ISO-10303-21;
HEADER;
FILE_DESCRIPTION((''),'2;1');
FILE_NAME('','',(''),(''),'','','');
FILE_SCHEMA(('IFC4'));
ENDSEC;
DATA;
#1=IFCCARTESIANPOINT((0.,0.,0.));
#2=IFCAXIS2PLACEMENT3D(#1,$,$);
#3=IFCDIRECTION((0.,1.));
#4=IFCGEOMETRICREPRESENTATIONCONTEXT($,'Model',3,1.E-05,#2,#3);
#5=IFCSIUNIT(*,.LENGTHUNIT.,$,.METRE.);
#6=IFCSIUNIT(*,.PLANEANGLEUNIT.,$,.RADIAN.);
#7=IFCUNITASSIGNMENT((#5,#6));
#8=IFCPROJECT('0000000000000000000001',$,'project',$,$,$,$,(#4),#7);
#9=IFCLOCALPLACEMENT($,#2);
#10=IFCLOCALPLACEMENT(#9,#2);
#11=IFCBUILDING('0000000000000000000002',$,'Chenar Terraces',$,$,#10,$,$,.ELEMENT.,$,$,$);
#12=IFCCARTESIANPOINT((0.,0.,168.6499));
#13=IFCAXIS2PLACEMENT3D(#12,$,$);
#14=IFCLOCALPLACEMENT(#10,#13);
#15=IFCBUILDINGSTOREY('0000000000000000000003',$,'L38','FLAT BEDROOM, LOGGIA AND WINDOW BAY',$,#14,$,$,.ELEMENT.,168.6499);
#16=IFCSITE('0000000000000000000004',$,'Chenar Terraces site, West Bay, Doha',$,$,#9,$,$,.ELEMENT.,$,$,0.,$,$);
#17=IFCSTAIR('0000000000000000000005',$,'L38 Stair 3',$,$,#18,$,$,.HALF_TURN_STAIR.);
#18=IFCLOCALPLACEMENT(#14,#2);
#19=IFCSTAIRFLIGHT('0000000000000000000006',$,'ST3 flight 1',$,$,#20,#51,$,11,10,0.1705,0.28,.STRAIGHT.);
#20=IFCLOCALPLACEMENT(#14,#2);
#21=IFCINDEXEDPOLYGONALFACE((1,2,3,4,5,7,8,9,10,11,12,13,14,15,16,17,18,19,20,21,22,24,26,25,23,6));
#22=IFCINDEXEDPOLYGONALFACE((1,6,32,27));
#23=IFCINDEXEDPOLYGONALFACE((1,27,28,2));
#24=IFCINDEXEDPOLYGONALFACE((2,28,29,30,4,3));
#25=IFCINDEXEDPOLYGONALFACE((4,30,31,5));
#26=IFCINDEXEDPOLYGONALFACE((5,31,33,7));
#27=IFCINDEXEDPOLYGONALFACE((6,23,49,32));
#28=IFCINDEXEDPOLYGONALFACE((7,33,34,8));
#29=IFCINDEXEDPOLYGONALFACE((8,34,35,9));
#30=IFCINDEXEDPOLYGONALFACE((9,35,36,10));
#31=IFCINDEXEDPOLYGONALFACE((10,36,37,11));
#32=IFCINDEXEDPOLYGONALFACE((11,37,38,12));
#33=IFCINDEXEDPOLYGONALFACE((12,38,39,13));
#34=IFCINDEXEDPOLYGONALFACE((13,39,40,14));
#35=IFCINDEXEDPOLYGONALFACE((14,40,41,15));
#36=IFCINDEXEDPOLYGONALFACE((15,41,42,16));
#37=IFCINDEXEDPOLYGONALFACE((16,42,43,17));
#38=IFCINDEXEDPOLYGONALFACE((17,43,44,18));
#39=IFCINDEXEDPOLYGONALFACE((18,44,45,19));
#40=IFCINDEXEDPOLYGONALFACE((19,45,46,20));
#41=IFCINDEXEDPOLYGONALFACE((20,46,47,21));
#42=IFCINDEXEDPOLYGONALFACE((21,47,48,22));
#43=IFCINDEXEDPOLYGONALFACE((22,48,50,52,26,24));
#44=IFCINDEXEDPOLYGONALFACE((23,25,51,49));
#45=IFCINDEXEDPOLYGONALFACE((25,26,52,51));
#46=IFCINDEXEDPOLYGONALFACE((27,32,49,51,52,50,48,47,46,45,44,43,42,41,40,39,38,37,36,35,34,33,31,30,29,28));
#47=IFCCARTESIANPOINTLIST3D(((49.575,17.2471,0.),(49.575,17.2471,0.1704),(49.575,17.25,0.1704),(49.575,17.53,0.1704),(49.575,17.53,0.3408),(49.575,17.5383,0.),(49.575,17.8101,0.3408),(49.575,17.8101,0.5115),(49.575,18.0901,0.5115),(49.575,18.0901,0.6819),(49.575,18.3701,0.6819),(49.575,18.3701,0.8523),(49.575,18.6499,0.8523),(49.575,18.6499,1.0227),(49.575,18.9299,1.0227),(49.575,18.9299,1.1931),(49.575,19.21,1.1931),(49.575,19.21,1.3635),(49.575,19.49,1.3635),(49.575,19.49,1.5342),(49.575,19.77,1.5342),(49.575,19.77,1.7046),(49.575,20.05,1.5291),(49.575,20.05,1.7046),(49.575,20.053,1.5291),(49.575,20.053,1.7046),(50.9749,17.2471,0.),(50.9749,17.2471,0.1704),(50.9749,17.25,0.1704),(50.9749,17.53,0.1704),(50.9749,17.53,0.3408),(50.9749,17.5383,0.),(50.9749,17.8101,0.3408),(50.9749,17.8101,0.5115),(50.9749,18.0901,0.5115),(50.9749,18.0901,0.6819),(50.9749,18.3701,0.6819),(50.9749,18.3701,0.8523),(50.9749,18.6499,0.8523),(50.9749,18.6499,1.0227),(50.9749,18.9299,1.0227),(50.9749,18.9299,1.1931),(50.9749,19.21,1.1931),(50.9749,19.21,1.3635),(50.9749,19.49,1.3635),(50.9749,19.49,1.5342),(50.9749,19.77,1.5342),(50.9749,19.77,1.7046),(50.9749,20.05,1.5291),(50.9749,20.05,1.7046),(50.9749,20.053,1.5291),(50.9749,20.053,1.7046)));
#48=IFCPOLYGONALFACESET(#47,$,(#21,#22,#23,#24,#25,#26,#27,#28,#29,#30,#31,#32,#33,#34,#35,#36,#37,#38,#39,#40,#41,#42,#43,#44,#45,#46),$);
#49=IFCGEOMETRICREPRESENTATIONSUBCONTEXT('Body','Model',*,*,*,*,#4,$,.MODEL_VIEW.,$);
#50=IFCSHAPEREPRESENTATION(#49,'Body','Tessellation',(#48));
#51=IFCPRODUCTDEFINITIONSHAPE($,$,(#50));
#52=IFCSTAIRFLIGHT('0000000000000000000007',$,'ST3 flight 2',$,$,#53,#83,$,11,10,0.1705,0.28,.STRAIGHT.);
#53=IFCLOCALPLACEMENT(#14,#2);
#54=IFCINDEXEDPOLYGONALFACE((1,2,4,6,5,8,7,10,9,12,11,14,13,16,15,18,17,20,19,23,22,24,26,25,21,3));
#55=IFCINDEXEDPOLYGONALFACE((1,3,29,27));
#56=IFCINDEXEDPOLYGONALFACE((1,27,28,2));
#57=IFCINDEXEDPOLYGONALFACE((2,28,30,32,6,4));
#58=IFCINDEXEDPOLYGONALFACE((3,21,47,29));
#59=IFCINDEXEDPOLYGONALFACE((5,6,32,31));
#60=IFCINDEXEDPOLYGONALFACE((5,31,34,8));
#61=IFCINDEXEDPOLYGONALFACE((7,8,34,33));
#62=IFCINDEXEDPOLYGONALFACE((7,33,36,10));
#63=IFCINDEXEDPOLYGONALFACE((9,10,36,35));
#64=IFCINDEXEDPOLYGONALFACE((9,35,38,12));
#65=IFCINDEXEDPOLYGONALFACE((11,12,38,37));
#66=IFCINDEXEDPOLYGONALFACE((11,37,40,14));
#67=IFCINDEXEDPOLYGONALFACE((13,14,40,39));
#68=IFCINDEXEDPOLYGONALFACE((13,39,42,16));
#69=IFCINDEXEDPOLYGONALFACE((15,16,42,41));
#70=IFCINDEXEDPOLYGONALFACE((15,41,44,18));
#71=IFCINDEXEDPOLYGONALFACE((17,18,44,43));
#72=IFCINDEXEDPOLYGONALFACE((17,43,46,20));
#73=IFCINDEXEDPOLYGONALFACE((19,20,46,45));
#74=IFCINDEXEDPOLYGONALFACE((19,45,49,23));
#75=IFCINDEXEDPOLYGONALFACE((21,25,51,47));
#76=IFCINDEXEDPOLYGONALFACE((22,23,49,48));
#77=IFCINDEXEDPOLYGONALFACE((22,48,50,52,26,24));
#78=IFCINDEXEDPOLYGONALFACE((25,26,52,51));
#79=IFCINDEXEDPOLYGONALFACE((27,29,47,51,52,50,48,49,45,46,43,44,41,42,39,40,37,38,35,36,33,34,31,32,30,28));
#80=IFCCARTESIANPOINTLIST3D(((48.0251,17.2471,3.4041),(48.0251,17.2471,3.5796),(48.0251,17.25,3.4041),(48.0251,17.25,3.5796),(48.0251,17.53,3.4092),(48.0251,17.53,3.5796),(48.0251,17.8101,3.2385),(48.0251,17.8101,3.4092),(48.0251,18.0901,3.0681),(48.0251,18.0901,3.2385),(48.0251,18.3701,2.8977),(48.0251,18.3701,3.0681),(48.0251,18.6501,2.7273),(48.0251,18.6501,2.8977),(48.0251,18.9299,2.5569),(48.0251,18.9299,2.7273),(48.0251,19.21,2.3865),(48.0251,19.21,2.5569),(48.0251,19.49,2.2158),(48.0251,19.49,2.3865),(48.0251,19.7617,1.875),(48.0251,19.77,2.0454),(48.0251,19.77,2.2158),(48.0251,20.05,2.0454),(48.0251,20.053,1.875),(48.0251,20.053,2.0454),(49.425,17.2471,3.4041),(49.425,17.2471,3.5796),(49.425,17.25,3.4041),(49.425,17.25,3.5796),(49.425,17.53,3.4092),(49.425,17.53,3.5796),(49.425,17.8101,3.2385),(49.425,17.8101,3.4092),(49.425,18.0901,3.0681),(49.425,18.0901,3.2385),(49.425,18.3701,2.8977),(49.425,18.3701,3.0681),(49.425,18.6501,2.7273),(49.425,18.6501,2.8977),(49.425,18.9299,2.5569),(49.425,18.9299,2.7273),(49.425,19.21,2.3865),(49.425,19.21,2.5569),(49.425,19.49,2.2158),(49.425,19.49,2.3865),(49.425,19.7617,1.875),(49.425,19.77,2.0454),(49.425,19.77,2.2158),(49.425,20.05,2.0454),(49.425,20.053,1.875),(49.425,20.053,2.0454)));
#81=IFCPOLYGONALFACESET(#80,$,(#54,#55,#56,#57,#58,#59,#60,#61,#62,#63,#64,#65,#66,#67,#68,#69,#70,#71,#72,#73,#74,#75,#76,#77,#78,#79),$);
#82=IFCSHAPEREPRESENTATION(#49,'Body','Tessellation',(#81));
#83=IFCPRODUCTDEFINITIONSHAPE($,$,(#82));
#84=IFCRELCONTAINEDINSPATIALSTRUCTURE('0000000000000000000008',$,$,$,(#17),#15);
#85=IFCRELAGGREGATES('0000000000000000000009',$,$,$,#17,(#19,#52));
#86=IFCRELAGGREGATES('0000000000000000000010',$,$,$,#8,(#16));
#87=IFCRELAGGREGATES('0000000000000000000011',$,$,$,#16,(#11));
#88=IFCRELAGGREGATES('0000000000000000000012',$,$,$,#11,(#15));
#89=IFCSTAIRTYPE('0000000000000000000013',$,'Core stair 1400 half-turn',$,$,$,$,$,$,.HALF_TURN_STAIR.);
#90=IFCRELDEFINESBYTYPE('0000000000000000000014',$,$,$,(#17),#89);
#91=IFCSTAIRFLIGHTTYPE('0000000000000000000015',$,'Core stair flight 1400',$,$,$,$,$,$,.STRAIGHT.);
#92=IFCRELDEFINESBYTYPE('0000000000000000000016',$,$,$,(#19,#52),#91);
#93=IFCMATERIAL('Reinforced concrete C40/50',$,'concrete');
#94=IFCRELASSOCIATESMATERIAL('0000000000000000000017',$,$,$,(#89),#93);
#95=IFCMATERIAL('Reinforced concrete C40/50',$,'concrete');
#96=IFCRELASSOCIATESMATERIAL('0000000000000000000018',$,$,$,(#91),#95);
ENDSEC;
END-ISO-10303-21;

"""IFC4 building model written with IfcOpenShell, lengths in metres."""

from ifc_helpers import new_model, si_unit, direction, frame, origin, place, context, subcontext, project, spatial, polyline, outline, extrude, material, type_object, element, aggregate, save


model = new_model("IFC4")

# Units and contexts
model_context = context("Model", 3, precision=1e-05, world=origin(), true_north=direction((0.0, 1.0)))
body_context = subcontext(model_context, "Body", "Model", "MODEL_VIEW")
ifc_project = project(units=[si_unit("LENGTHUNIT", "METRE"), si_unit("PLANEANGLEUNIT", "RADIAN")], contexts=[model_context])

# Site, building, storey
site_placement = place(None, origin())
site = spatial("IfcSite", under=ifc_project, at=site_placement, Name="Chenar Terraces site, West Bay, Doha", CompositionType="ELEMENT", RefElevation=0.0)
building_placement = place(site_placement, origin())
building = spatial("IfcBuilding", under=site, at=building_placement, Name="Chenar Terraces", CompositionType="ELEMENT")
storey_placement = place(building_placement, frame((0.0, 0.0, 168.6499)))
storey = spatial("IfcBuildingStorey", under=building, at=storey_placement, Name="L38", Description="FLAT BEDROOM, LOGGIA AND WINDOW BAY", CompositionType="ELEMENT", Elevation=168.6499)

# Stair, stair flights
ifc_material_1 = material(Name="Reinforced concrete C40/50", Category="concrete")
stair_type = type_object("IfcStairType", Name="Core stair 1400 half-turn", PredefinedType="HALF_TURN_STAIR", material=ifc_material_1)
stair_placement = place(storey_placement, origin())
stair = element("IfcStair", 1, at=stair_placement, inside=storey, type_object=stair_type, Name="L38 Stair 3", PredefinedType="HALF_TURN_STAIR")
ifc_material_2 = material(Name="Reinforced concrete C40/50", Category="concrete")
stair_flight_type = type_object("IfcStairFlightType", Name="Core stair flight 1400", PredefinedType="STRAIGHT", material=ifc_material_2)
stair_flight_1_placement = place(storey_placement, frame((50.2749, 17.25, 0.0), z_axis=(0.0, 0.0, 1.0), x_axis=(0.0, 1.0, 0.0)))
stair_flight_1 = element("IfcStairFlight", 2, at=stair_flight_1_placement, type_object=stair_flight_type, Name="ST3 flight 1", NumberOfRisers=11, NumberOfTreads=10, PredefinedType="STRAIGHT", RiserHeight=0.1705, TreadLength=0.28, context=body_context, shape_type="SweptSolid", body=[
    extrude(outline(polyline([(-0.0029, 0.0), (-0.0029, 0.1704), (0.0, 0.1704), (0.28, 0.1704), (0.28, 0.3408), (0.5601, 0.3408), (0.5601, 0.5115), (0.8401, 0.5115), (0.8401, 0.6819), (1.1201, 0.6819), (1.1201, 0.8523), (1.3999, 0.8523), (1.3999, 1.0227), (1.6799, 1.0227), (1.6799, 1.1931), (1.96, 1.1931), (1.96, 1.3635), (2.24, 1.3635), (2.24, 1.5342), (2.52, 1.5342), (2.52, 1.7046), (2.8, 1.7046), (2.803, 1.7046), (2.803, 1.5291), (2.8, 1.5291), (0.2883, 0.0), (-0.0029, 0.0)])), frame((0.0, 0.7, 0.0), z_axis=(0.0, -1.0, 0.0), x_axis=(1.0, 0.0, 0.0)), (0.0, 0.0, 1.0), 1.3999),
])
stair_flight_2_placement = place(storey_placement, frame((48.7251, 20.05, 1.875), z_axis=(0.0, 0.0, 1.0), x_axis=(0.0, -1.0, 0.0)))
stair_flight_2 = element("IfcStairFlight", 3, at=stair_flight_2_placement, type_object=stair_flight_type, Name="ST3 flight 2", NumberOfRisers=11, NumberOfTreads=10, PredefinedType="STRAIGHT", RiserHeight=0.1705, TreadLength=0.28, context=body_context, shape_type="SweptSolid", body=[
    extrude(outline(polyline([(-0.0029, 0.0), (-0.0029, 0.1704), (0.0, 0.1704), (0.28, 0.1704), (0.28, 0.3408), (0.5601, 0.3408), (0.5601, 0.5115), (0.8401, 0.5115), (0.8401, 0.6819), (1.1201, 0.6819), (1.1201, 0.8523), (1.3999, 0.8523), (1.3999, 1.0227), (1.6799, 1.0227), (1.6799, 1.1931), (1.96, 1.1931), (1.96, 1.3635), (2.24, 1.3635), (2.24, 1.5342), (2.52, 1.5342), (2.52, 1.7046), (2.8, 1.7046), (2.803, 1.7046), (2.803, 1.5291), (2.8, 1.5291), (0.2883, 0.0), (-0.0029, 0.0)])), frame((0.0, 0.7, 0.0), z_axis=(0.0, -1.0, 0.0), x_axis=(1.0, 0.0, 0.0)), (0.0, 0.0, 1.0), 1.3999),
])
aggregate(stair, [stair_flight_1, stair_flight_2])

save(model, "model.ifc")
